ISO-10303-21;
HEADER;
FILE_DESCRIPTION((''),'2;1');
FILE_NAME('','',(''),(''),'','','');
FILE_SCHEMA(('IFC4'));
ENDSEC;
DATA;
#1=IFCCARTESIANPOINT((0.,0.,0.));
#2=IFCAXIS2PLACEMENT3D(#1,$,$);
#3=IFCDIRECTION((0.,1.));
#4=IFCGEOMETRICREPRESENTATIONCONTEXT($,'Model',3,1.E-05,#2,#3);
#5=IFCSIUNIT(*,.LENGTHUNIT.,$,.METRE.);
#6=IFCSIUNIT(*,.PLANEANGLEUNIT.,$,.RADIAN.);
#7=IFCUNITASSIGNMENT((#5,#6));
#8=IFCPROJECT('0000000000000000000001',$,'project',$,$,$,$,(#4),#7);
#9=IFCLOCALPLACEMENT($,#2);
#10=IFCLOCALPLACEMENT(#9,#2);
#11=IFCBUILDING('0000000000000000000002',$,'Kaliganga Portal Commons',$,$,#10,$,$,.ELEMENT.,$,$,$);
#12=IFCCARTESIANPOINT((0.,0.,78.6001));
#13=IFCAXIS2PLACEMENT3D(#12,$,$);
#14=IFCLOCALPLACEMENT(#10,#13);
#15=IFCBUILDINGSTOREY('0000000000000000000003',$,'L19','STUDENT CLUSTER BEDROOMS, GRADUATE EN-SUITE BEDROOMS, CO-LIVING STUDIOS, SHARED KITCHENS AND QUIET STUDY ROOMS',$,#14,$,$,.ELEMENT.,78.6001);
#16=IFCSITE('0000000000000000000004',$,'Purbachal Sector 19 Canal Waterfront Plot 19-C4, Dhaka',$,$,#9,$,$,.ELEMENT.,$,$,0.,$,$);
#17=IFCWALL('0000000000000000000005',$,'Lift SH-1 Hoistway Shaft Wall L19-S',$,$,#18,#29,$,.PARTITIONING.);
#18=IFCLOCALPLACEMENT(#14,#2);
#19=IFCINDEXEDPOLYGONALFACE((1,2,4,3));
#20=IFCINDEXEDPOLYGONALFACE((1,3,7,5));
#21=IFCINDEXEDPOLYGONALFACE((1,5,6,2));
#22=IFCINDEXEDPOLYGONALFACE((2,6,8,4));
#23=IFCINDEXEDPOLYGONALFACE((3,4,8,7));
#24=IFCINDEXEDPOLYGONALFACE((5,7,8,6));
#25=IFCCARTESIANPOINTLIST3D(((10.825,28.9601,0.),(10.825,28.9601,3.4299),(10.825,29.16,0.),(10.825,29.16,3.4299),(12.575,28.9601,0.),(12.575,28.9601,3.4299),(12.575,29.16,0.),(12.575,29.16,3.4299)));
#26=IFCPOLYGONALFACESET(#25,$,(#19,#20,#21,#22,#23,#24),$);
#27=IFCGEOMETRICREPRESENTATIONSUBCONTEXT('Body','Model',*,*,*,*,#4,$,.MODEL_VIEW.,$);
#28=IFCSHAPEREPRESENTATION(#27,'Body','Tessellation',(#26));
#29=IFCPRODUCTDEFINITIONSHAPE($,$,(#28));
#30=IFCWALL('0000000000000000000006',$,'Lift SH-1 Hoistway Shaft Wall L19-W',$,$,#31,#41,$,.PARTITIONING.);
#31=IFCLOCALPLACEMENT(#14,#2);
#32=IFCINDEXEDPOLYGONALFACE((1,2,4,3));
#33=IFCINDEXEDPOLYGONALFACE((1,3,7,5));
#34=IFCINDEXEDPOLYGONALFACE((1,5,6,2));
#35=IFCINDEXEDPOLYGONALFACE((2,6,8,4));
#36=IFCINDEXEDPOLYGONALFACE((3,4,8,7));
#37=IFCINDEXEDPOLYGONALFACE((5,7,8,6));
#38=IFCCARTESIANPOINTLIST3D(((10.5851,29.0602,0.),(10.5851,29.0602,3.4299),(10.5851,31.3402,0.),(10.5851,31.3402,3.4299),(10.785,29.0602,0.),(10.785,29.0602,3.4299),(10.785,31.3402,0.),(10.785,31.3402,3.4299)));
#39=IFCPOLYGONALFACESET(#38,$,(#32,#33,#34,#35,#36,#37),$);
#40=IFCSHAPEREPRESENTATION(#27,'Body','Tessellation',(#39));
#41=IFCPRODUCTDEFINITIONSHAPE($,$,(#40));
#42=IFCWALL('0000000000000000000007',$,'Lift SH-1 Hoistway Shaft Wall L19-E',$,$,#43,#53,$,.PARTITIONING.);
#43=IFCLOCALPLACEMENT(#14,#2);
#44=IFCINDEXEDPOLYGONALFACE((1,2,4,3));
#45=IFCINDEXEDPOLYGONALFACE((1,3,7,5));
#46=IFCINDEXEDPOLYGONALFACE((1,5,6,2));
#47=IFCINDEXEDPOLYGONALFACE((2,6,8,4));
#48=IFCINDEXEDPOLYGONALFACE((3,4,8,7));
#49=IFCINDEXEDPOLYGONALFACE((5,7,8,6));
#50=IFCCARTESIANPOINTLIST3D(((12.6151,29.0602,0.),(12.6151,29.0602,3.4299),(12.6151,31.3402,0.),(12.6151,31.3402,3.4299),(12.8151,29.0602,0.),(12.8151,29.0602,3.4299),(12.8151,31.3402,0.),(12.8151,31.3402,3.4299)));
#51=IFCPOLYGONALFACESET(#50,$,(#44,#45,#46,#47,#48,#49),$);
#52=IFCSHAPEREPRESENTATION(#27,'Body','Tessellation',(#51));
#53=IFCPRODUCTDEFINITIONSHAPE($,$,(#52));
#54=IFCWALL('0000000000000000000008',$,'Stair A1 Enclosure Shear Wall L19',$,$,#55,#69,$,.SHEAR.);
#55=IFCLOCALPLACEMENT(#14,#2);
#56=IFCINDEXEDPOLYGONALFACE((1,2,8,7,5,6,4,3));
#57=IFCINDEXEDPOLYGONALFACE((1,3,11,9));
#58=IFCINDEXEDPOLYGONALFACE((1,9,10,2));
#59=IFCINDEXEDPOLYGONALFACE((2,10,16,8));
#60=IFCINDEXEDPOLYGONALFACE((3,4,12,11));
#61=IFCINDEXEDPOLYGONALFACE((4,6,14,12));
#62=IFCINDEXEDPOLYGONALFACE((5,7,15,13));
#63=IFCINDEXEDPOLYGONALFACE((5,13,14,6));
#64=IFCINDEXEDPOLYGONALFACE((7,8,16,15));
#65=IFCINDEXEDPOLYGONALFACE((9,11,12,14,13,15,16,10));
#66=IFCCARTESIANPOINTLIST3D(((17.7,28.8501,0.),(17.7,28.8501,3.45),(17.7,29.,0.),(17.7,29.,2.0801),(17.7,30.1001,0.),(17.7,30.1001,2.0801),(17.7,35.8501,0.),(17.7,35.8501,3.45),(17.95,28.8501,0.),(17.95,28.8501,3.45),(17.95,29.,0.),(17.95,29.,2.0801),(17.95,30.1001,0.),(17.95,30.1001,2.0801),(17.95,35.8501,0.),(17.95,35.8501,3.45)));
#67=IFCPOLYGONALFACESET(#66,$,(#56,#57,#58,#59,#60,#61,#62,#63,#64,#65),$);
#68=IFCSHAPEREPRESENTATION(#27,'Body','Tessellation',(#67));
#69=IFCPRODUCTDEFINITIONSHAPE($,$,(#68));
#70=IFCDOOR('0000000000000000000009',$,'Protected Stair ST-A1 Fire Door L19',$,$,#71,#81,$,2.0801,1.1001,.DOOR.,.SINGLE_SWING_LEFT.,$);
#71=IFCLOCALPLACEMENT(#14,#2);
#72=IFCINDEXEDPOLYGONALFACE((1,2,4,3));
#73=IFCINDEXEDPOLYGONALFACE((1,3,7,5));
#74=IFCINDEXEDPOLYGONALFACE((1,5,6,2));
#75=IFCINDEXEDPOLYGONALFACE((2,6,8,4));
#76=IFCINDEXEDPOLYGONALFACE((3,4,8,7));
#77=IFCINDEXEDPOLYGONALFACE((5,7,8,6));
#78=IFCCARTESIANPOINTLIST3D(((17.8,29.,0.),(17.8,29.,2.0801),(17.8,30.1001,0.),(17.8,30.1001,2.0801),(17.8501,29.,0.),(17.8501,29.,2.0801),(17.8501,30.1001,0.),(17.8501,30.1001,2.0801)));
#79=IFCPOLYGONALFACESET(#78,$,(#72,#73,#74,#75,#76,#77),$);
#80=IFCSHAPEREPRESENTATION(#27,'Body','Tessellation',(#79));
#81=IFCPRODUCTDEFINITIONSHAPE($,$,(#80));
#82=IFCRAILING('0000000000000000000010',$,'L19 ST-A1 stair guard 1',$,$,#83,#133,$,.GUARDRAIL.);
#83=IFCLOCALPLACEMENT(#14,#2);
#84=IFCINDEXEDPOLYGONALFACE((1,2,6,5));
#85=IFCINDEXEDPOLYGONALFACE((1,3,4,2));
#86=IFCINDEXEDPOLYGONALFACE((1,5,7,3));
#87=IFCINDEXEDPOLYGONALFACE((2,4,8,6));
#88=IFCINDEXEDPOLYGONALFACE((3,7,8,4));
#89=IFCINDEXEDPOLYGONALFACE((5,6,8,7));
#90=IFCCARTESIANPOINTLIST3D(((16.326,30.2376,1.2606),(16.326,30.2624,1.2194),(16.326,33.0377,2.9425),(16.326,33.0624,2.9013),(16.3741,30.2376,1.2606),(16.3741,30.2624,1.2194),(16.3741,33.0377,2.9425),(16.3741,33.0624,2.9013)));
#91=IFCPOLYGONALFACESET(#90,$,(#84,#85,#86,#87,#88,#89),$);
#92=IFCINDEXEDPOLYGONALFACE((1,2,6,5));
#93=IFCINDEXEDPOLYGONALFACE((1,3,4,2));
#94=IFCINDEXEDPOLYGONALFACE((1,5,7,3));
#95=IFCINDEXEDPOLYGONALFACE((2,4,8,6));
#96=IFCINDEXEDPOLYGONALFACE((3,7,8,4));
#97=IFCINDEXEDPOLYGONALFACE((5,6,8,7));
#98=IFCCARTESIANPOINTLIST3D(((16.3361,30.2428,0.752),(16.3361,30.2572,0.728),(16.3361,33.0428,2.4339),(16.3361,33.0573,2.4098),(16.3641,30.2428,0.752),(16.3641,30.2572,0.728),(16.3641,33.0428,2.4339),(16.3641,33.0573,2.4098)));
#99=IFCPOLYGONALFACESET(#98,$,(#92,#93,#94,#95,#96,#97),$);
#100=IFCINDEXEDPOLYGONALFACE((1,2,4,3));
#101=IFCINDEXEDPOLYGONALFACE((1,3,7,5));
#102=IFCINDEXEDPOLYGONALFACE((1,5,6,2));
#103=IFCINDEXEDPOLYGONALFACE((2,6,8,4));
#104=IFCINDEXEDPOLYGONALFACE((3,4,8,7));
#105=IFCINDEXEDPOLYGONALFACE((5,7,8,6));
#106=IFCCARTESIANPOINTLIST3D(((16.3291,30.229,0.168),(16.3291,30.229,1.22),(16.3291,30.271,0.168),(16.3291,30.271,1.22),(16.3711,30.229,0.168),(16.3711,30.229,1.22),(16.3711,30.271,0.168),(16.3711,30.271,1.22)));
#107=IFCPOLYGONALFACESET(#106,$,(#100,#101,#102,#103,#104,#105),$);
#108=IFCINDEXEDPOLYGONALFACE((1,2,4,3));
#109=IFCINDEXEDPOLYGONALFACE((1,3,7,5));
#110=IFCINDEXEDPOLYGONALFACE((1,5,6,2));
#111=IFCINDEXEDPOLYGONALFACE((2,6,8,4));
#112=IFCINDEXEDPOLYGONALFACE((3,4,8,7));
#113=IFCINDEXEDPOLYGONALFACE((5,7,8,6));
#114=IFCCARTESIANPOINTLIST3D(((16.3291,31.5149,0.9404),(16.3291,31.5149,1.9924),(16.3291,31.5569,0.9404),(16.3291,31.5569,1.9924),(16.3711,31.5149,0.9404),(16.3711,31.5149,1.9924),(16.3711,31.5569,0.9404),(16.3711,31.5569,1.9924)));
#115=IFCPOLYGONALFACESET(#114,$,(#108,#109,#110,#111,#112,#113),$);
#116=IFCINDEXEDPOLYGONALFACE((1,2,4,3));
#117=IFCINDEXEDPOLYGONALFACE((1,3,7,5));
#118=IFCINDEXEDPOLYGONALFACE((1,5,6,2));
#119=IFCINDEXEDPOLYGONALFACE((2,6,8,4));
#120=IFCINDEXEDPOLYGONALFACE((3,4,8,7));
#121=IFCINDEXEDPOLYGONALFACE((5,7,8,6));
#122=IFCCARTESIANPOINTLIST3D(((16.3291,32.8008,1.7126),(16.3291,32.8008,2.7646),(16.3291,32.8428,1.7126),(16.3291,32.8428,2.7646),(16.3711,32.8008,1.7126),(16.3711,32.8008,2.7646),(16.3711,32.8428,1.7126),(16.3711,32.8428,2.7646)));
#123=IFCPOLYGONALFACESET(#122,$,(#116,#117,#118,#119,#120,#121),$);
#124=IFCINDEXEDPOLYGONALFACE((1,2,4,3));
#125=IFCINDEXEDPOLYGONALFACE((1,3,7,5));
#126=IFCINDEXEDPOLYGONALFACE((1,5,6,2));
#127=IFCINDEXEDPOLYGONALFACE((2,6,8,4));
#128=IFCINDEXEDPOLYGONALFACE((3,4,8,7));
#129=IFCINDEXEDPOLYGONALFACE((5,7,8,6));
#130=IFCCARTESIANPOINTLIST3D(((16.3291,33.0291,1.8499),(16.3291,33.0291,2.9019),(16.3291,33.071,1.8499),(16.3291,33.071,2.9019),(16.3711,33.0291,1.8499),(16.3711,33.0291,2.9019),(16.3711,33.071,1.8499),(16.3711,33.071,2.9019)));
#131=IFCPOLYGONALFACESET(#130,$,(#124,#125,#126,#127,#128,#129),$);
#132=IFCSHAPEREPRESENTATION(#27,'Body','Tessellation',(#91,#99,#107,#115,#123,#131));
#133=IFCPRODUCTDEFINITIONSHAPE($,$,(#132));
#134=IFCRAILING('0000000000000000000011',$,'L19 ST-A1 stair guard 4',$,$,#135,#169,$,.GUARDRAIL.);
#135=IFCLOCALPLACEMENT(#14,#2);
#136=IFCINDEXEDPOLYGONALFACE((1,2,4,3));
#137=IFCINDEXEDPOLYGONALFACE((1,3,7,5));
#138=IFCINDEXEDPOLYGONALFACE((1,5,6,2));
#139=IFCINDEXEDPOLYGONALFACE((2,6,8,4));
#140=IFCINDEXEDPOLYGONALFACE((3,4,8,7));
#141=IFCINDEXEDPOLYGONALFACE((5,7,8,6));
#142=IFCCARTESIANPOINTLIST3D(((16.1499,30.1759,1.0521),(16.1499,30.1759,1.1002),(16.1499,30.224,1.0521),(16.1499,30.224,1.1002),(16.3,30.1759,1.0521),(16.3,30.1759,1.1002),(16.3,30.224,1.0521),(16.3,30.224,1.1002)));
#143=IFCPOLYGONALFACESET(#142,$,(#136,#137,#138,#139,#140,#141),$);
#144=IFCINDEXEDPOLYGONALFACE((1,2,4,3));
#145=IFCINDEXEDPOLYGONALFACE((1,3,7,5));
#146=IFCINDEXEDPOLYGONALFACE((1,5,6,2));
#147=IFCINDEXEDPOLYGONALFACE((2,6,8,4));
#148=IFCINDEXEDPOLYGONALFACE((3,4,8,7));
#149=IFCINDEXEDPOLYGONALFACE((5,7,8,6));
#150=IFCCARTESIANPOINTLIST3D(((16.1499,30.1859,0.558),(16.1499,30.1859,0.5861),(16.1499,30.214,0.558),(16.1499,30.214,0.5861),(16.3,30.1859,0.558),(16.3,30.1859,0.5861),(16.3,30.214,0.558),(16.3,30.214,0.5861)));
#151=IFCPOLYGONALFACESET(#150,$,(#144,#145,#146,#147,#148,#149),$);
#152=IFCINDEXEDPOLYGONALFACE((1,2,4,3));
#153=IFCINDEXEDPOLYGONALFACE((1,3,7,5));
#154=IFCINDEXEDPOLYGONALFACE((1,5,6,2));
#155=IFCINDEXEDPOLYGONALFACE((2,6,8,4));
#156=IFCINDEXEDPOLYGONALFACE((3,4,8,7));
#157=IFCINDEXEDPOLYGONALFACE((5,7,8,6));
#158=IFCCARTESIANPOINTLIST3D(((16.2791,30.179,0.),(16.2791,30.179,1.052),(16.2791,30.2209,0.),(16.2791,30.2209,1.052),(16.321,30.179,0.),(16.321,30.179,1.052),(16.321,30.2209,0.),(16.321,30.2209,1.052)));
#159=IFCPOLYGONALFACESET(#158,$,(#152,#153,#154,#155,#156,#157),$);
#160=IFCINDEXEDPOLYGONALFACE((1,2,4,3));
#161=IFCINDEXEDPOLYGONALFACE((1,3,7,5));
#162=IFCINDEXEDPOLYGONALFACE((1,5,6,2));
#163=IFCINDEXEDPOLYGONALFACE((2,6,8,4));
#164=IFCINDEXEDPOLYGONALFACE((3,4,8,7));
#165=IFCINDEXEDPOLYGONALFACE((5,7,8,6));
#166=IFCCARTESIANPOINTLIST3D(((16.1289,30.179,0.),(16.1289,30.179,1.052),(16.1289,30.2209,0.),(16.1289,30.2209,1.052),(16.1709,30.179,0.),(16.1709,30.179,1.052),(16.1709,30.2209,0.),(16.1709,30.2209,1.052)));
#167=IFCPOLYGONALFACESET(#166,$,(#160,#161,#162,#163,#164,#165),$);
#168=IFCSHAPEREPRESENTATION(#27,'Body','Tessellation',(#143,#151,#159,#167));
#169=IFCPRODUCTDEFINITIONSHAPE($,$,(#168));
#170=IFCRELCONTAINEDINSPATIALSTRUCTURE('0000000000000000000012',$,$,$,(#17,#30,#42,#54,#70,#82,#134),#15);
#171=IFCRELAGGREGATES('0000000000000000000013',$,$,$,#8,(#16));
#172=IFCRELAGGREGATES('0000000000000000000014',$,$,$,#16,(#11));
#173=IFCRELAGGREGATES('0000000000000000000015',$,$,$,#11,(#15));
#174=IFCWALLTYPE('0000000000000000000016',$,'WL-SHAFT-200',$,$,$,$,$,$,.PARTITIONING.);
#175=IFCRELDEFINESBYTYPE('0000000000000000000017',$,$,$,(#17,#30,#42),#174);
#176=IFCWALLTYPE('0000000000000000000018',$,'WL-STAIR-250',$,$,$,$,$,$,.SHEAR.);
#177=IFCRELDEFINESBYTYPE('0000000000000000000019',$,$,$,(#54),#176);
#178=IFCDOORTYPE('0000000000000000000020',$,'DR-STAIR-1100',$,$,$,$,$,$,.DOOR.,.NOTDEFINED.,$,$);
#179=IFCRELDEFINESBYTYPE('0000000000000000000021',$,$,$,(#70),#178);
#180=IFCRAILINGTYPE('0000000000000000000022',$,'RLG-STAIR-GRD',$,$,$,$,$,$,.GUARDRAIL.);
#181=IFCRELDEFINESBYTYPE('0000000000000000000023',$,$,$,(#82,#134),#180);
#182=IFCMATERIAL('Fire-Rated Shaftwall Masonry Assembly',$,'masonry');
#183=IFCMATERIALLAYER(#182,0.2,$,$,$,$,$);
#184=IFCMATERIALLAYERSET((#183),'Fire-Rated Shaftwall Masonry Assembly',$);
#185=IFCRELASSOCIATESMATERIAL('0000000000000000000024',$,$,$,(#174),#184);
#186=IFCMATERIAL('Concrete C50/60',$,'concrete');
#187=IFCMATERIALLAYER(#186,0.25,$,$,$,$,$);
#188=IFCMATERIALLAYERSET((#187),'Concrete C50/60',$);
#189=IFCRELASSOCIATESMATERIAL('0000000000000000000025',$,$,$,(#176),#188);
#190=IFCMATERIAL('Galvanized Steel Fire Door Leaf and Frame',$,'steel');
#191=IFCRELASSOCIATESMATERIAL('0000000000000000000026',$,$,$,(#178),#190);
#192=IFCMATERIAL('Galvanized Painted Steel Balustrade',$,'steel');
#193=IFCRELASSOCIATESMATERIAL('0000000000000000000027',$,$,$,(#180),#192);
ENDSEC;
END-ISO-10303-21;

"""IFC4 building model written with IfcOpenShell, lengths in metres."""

from ifc_helpers import new_model, si_unit, direction, frame, frame_2d, origin, origin_2d, place, context, subcontext, project, spatial, rectangle, extrude, material, layer, layer_set, type_object, element, fill, save


model = new_model("IFC4")

# Units and contexts
model_context = context("Model", 3, precision=1e-05, world=origin(), true_north=direction((0.0, 1.0)))
body_context = subcontext(model_context, "Body", "Model", "MODEL_VIEW")
ifc_project = project(units=[si_unit("LENGTHUNIT", "METRE"), si_unit("PLANEANGLEUNIT", "RADIAN")], contexts=[model_context])

# Site, building, storey
site_placement = place(None, origin())
site = spatial("IfcSite", under=ifc_project, at=site_placement, Name="Purbachal Sector 19 Canal Waterfront Plot 19-C4, Dhaka", CompositionType="ELEMENT", RefElevation=0.0)
building_placement = place(site_placement, origin())
building = spatial("IfcBuilding", under=site, at=building_placement, Name="Kaliganga Portal Commons", CompositionType="ELEMENT")
storey_placement = place(building_placement, frame((0.0, 0.0, 78.6001)))
storey = spatial("IfcBuildingStorey", under=building, at=storey_placement, Name="L19", Description="STUDENT CLUSTER BEDROOMS, GRADUATE EN-SUITE BEDROOMS, CO-LIVING STUDIOS, SHARED KITCHENS AND QUIET STUDY ROOMS", CompositionType="ELEMENT", Elevation=78.6001)

# Walls
ifc_material_1 = material(Name="Fire-Rated Shaftwall Masonry Assembly", Category="masonry")
ifc_layer_1 = layer(ifc_material_1, 0.2)
ifc_layer_set_1 = layer_set([ifc_layer_1], Name="Fire-Rated Shaftwall Masonry Assembly")
wall_type_1 = type_object("IfcWallType", Name="WL-SHAFT-200", PredefinedType="PARTITIONING", material=ifc_layer_set_1)
wall_1_placement = place(storey_placement, frame((10.825, 29.0601, 0.0), z_axis=(0.0, 0.0, 1.0), x_axis=(1.0, 0.0, 0.0)))
element("IfcWall", 1, at=wall_1_placement, inside=storey, type_object=wall_type_1, Name="Lift SH-1 Hoistway Shaft Wall L19-S", PredefinedType="PARTITIONING", context=body_context, shape_type="SweptSolid", body=[
    extrude(rectangle(XDim=1.75, YDim=0.2, at=frame_2d((0.875, 0.0))), origin(), (0.0, 0.0, 1.0), 3.4299),
])
for number, where, z_axis, x_axis, name in (
    (2, (10.6851, 29.0601, 0.0), (0.0, 0.0, 1.0), (0.0, 1.0, 0.0), "Lift SH-1 Hoistway Shaft Wall L19-W"),
    (3, (12.7151, 29.0601, 0.0), (0.0, 0.0, 1.0), (0.0, 1.0, 0.0), "Lift SH-1 Hoistway Shaft Wall L19-E"),
):
    element("IfcWall", number, at=place(storey_placement, frame(where, z_axis=z_axis, x_axis=x_axis)), inside=storey, type_object=wall_type_1, Name=name, PredefinedType="PARTITIONING", context=body_context, shape_type="SweptSolid", body=[
        extrude(rectangle(XDim=2.28, YDim=0.2, at=frame_2d((1.1401, 0.0))), origin(), (0.0, 0.0, 1.0), 3.4299),
    ])

# Wall, opening, door
ifc_material_2 = material(Name="Concrete C50/60", Category="concrete")
ifc_layer_2 = layer(ifc_material_2, 0.25)
ifc_layer_set_2 = layer_set([ifc_layer_2], Name="Concrete C50/60")
wall_type_2 = type_object("IfcWallType", Name="WL-STAIR-250", PredefinedType="SHEAR", material=ifc_layer_set_2)
wall_2_placement = place(storey_placement, frame((17.825, 28.8501, 0.0), z_axis=(0.0, 0.0, 1.0), x_axis=(0.0, 1.0, 0.0)))
wall_2 = element("IfcWall", 4, at=wall_2_placement, inside=storey, type_object=wall_type_2, Name="Stair A1 Enclosure Shear Wall L19", PredefinedType="SHEAR", context=body_context, shape_type="SweptSolid", body=[
    extrude(rectangle(XDim=7.0, YDim=0.25, at=frame_2d((3.5, 0.0))), origin(), (0.0, 0.0, 1.0), 3.45),
])
opening_1_placement = place(wall_2_placement, frame((0.1499, 0.0, 0.0)))
opening_1 = element("IfcOpeningElement", 5, at=opening_1_placement, cuts=wall_2, PredefinedType="OPENING", context=body_context, shape_type="SweptSolid", body=[
    extrude(rectangle(XDim=1.1001, YDim=2.0801, at=frame_2d((0.55, 1.04))), frame((0.0, 0.135, 0.0), z_axis=(0.0, -1.0, 0.0), x_axis=(1.0, 0.0, 0.0)), (0.0, 0.0, 1.0), 0.27),
])
ifc_material_3 = material(Name="Galvanized Steel Fire Door Leaf and Frame", Category="steel")
door_type_1 = type_object("IfcDoorType", Name="DR-STAIR-1100", OperationType="NOTDEFINED", PredefinedType="DOOR", material=ifc_material_3)
door_1_placement = place(opening_1_placement, origin())
door_1 = element("IfcDoor", 6, at=door_1_placement, inside=storey, type_object=door_type_1, Name="Protected Stair ST-A1 Fire Door L19", OperationType="SINGLE_SWING_LEFT", OverallHeight=2.0801, OverallWidth=1.1001, PredefinedType="DOOR", context=body_context, shape_type="SweptSolid", body=[
    extrude(rectangle(XDim=1.1001, YDim=2.0801, at=frame_2d((0.55, 1.04))), frame((0.0, 0.0249, 0.0), z_axis=(0.0, -1.0, 0.0), x_axis=(1.0, 0.0, 0.0)), (0.0, 0.0, 1.0), 0.05),
])
fill(opening_1, door_1)

# Railings
ifc_material_4 = material(Name="Galvanized Painted Steel Balustrade", Category="steel")
railing_type = type_object("IfcRailingType", Name="RLG-STAIR-GRD", PredefinedType="GUARDRAIL", material=ifc_material_4)
railing_1_placement = place(storey_placement, frame((16.3501, 30.25, 0.168)))
element("IfcRailing", 7, at=railing_1_placement, inside=storey, type_object=railing_type, Name="L19 ST-A1 stair guard 1", PredefinedType="GUARDRAIL", context=body_context, shape_type="SweptSolid", body=[
    extrude(rectangle(XDim=0.0481, YDim=0.0481, at=origin_2d()), frame((0.0, 0.0, 1.072), z_axis=(0.0, 0.857242, 0.514913), x_axis=(-1.0, 0.0, 0.0)), (0.0, 0.0, 1.0), 3.2664),
    extrude(rectangle(XDim=0.0281, YDim=0.0281, at=origin_2d()), frame((0.0, 0.0, 0.572), z_axis=(0.0, 0.857242, 0.514913), x_axis=(-1.0, 0.0, 0.0)), (0.0, 0.0, 1.0), 3.2664),
    extrude(rectangle(XDim=0.042, YDim=0.042, at=origin_2d()), origin(), (0.0, 0.0, 1.0), 1.052),
    extrude(rectangle(XDim=0.042, YDim=0.042, at=origin_2d()), frame((0.0, 1.2859, 0.7725)), (0.0, 0.0, 1.0), 1.052),
    extrude(rectangle(XDim=0.042, YDim=0.042, at=origin_2d()), frame((0.0, 2.5718, 1.5447)), (0.0, 0.0, 1.0), 1.052),
    extrude(rectangle(XDim=0.042, YDim=0.042, at=origin_2d()), frame((0.0, 2.8, 1.6819)), (0.0, 0.0, 1.0), 1.052),
])
railing_2_placement = place(storey_placement, frame((16.3, 30.2, 0.0)))
element("IfcRailing", 8, at=railing_2_placement, inside=storey, type_object=railing_type, Name="L19 ST-A1 stair guard 4", PredefinedType="GUARDRAIL", context=body_context, shape_type="SweptSolid", body=[
    extrude(rectangle(XDim=0.0481, YDim=0.0481, at=origin_2d()), frame((0.0, 0.0, 1.0762), z_axis=(-1.0, 0.0, 0.0), x_axis=(0.0, -1.0, 0.0)), (0.0, 0.0, 1.0), 0.1501),
    extrude(rectangle(XDim=0.0281, YDim=0.0281, at=origin_2d()), frame((0.0, 0.0, 0.572), z_axis=(-1.0, 0.0, 0.0), x_axis=(0.0, -1.0, 0.0)), (0.0, 0.0, 1.0), 0.1501),
    extrude(rectangle(XDim=0.042, YDim=0.042, at=origin_2d()), origin(), (0.0, 0.0, 1.0), 1.052),
    extrude(rectangle(XDim=0.042, YDim=0.042, at=origin_2d()), frame((-0.1501, 0.0, 0.0)), (0.0, 0.0, 1.0), 1.052),
])

save(model, "model.ifc")
